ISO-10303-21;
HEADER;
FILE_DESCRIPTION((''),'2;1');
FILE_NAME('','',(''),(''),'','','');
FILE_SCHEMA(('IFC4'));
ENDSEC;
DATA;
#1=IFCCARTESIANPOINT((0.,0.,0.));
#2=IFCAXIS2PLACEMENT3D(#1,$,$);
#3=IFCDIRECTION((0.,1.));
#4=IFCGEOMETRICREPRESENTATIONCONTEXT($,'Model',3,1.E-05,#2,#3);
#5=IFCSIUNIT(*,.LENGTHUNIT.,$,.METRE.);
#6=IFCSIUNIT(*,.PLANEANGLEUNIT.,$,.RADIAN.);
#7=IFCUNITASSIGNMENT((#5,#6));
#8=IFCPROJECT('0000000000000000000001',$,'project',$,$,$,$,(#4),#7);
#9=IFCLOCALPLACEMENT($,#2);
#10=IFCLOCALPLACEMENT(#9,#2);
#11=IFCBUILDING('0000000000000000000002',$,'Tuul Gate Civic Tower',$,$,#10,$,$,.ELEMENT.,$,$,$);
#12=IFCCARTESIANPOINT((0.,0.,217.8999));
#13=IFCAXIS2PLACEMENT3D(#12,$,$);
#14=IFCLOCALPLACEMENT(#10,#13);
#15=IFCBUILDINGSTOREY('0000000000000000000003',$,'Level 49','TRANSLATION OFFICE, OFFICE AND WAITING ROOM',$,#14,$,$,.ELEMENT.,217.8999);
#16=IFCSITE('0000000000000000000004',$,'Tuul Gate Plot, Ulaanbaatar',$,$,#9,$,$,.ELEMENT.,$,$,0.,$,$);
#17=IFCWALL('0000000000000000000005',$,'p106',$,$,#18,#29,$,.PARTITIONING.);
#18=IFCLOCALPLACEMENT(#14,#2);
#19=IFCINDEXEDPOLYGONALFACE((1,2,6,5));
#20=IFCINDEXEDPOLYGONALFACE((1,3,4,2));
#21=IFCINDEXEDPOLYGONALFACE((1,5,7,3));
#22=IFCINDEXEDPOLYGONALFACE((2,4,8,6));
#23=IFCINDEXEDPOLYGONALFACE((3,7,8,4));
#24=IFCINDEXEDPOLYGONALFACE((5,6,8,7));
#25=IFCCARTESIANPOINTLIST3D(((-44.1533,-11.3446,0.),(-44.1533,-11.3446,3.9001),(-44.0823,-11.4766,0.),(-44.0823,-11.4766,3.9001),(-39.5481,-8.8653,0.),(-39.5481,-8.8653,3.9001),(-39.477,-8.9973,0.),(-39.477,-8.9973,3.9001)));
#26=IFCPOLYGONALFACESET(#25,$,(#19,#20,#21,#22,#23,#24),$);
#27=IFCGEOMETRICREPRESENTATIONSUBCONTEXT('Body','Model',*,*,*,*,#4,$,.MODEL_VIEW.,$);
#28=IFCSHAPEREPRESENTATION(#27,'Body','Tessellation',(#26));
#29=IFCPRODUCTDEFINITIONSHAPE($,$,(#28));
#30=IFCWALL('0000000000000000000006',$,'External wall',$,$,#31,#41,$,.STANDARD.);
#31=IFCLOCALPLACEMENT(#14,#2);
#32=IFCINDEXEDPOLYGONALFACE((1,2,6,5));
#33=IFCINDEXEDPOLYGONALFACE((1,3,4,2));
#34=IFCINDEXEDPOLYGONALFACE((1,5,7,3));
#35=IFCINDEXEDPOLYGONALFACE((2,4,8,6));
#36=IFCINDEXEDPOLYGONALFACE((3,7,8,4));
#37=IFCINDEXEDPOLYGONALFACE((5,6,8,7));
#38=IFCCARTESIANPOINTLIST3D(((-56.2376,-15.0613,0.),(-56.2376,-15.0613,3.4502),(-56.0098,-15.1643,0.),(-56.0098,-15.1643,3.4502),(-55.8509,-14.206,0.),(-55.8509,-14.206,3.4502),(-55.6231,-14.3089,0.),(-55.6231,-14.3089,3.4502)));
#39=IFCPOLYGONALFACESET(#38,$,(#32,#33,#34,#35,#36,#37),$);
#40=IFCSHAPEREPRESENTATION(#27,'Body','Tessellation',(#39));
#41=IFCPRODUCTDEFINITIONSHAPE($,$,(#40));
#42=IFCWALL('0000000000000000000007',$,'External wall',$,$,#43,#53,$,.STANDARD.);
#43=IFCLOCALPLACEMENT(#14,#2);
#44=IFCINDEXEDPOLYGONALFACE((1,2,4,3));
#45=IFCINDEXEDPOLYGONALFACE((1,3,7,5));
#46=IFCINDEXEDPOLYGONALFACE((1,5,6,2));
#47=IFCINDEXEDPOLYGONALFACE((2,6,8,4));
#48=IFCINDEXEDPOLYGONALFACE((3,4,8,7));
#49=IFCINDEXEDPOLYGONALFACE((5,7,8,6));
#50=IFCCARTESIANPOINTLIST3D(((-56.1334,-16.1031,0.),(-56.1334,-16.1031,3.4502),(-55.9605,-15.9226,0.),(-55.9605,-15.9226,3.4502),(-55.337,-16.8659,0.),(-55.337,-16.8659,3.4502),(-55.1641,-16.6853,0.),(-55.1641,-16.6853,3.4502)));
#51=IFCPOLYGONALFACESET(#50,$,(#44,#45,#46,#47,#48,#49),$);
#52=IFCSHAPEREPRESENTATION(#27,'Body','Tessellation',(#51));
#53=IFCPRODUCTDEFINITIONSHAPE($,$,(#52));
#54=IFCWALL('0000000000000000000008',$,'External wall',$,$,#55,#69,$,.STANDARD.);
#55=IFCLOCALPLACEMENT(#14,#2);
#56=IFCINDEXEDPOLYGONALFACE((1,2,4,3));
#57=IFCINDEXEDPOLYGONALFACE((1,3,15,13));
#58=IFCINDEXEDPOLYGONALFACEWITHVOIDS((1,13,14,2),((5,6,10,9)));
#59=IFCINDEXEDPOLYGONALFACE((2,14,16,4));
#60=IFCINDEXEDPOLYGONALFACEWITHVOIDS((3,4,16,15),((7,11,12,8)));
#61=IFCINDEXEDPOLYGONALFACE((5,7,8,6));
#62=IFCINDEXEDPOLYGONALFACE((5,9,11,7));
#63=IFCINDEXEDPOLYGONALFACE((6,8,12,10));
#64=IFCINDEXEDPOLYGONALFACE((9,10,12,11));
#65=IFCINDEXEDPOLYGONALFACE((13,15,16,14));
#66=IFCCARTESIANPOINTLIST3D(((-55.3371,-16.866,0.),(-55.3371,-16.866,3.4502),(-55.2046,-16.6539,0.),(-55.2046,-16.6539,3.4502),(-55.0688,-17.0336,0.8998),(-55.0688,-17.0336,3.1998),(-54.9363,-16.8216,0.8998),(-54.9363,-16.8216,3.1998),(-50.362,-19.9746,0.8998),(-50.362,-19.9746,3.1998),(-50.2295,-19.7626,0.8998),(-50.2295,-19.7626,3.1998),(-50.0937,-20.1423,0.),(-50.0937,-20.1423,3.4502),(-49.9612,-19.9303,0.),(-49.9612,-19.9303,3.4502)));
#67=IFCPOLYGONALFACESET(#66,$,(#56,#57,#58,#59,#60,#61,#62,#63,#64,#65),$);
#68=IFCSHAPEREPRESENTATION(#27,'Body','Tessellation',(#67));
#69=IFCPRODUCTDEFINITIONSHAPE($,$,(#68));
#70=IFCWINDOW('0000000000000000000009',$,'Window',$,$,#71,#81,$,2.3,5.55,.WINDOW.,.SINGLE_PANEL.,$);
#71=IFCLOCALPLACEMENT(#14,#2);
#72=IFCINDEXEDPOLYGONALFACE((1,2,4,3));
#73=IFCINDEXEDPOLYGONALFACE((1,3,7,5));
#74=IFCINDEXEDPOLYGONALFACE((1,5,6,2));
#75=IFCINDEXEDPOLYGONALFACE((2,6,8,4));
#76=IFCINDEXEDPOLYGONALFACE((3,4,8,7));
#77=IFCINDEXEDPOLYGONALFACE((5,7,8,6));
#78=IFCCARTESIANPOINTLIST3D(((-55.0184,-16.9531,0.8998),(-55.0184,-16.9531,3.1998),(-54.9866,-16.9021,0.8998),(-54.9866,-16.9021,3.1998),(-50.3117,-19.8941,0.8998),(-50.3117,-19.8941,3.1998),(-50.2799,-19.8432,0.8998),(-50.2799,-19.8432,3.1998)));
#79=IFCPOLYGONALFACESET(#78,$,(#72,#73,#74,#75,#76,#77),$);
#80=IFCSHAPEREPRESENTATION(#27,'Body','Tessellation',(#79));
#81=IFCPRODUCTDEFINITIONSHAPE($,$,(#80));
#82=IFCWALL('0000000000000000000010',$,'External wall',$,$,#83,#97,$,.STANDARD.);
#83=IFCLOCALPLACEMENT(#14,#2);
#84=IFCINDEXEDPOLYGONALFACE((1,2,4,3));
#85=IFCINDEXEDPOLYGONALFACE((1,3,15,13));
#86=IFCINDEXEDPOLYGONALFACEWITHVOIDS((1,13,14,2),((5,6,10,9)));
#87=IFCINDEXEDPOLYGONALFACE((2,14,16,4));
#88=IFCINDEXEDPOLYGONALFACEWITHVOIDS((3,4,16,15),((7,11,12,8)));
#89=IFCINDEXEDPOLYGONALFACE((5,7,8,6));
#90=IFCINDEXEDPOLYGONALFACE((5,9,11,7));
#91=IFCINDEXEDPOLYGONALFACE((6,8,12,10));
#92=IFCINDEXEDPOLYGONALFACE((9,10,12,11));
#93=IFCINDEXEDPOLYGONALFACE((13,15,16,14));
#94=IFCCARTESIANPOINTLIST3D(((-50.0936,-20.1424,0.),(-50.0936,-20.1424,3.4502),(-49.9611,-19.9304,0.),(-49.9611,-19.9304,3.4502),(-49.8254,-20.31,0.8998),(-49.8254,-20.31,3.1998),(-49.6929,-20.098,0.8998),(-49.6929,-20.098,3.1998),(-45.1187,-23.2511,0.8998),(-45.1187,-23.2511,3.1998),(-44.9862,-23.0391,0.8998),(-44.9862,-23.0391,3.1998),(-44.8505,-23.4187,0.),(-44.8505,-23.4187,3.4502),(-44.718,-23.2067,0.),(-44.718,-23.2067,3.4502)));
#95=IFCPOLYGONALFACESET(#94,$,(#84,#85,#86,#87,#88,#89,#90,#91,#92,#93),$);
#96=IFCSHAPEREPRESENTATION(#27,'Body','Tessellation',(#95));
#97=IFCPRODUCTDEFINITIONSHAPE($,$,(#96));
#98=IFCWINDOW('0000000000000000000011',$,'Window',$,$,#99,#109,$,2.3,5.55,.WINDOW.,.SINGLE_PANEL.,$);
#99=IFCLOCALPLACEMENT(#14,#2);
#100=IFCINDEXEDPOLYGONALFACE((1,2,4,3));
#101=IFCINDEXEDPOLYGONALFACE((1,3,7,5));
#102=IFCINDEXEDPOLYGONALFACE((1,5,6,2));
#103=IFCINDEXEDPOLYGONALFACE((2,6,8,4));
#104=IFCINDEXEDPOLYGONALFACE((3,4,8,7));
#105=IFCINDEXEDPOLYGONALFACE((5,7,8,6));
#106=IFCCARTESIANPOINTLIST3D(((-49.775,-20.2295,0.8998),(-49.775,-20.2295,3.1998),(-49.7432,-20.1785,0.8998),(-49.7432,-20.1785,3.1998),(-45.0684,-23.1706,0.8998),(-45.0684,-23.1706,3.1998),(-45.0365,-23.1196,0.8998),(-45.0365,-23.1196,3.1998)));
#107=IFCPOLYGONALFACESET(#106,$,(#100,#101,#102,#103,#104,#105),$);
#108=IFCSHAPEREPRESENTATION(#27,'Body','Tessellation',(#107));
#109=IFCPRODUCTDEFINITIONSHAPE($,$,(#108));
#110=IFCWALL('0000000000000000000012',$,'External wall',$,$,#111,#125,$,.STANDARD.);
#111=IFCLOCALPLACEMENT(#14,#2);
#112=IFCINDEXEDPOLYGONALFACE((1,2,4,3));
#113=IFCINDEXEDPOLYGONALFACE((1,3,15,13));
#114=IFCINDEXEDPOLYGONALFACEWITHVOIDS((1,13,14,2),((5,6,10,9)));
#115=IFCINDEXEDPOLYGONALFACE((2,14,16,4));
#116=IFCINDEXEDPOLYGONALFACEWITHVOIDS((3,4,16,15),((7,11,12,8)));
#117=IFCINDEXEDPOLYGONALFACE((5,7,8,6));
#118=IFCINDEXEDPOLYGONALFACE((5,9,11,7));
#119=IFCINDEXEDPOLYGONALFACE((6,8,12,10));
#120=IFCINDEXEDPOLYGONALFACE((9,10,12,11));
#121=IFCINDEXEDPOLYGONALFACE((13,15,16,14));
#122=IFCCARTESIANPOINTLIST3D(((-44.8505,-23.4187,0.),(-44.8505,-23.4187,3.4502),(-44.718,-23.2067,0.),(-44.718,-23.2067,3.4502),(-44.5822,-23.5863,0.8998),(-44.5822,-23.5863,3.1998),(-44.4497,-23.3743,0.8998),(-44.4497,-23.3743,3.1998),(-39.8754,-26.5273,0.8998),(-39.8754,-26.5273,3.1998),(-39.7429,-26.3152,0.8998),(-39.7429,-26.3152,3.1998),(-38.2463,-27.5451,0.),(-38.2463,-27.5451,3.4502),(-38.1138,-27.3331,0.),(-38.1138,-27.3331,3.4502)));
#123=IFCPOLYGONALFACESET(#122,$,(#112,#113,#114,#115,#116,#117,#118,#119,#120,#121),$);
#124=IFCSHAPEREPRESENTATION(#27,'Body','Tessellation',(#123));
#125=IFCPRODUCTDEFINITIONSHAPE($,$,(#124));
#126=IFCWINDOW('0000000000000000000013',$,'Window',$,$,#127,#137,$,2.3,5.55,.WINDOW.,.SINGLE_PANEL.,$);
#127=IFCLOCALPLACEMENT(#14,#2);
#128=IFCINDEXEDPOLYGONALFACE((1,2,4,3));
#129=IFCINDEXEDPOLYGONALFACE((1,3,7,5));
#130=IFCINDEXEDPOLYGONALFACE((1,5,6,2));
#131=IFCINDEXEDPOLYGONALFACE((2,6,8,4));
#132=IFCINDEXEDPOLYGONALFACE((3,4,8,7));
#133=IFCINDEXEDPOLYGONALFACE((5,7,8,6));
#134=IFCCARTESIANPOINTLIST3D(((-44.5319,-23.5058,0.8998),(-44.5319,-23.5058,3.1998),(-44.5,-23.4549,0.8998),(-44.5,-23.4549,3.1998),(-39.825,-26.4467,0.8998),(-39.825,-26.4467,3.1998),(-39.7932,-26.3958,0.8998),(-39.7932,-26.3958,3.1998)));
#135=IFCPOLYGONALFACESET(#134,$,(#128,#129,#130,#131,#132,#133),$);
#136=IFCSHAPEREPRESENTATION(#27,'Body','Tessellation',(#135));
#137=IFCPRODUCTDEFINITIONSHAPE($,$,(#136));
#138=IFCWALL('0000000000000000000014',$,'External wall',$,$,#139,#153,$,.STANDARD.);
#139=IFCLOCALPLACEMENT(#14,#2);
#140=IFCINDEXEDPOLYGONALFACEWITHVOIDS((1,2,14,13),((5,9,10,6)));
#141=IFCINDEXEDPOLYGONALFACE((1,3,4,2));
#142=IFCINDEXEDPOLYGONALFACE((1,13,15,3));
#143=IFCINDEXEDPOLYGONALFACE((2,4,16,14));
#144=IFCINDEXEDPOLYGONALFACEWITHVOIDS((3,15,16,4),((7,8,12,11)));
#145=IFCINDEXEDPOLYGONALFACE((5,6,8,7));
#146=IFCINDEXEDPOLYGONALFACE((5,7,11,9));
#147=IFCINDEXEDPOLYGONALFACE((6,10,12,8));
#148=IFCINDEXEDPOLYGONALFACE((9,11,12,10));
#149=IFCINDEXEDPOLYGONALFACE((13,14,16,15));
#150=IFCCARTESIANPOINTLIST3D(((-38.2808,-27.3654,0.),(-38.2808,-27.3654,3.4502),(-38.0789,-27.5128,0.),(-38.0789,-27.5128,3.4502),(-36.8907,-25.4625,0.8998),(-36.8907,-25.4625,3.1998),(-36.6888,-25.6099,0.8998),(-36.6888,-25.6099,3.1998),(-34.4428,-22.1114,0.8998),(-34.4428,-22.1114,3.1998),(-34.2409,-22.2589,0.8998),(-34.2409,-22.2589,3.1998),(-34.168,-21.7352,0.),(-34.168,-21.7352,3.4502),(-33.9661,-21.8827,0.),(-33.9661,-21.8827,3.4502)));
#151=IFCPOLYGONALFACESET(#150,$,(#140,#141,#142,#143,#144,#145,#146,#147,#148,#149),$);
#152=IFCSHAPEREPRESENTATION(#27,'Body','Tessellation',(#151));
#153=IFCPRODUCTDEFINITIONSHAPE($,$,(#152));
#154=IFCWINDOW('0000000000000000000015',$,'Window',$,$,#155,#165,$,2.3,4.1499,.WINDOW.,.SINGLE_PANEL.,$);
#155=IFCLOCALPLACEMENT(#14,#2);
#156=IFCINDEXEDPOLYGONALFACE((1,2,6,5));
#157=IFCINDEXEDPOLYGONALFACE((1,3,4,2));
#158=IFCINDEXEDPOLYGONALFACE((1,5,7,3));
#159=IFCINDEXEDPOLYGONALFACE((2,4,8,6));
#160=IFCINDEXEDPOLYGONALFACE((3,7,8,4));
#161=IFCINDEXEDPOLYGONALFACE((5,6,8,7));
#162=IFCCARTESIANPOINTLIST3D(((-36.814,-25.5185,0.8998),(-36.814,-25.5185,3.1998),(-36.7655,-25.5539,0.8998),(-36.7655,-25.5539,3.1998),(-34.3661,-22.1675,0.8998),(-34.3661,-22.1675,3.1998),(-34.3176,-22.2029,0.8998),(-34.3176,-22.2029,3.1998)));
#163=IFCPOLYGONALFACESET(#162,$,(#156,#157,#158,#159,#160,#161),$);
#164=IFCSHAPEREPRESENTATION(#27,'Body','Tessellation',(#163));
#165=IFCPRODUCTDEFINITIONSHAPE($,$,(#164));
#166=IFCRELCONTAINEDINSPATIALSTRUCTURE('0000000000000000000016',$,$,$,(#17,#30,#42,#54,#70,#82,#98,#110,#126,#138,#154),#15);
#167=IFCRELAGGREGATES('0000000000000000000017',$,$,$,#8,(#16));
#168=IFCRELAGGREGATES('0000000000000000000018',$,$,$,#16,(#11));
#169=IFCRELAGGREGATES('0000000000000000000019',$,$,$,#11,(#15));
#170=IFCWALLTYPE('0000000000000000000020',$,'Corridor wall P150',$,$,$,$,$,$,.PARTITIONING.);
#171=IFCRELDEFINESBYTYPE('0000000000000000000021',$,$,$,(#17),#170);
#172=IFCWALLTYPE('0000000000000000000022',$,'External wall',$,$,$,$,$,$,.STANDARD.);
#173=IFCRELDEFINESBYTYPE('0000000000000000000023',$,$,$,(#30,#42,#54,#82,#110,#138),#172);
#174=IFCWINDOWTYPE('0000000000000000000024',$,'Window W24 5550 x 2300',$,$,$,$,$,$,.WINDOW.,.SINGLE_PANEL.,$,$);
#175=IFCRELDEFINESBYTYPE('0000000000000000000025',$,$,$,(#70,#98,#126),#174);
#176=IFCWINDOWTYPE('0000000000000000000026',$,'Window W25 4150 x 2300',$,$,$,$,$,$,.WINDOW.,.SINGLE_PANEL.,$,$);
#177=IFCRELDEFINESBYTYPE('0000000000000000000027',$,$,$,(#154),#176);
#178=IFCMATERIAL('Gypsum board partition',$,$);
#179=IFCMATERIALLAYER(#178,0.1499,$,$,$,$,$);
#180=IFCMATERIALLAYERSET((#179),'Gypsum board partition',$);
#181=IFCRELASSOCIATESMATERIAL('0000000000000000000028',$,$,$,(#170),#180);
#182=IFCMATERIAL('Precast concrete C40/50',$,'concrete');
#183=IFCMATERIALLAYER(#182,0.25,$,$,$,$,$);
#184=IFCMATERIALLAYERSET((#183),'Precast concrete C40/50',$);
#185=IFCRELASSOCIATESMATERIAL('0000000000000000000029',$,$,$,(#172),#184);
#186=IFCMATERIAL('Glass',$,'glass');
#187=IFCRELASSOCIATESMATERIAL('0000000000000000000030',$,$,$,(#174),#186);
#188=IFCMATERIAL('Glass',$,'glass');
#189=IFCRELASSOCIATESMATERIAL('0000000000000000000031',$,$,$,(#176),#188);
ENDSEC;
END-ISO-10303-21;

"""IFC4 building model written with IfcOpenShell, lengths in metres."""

from ifc_helpers import new_model, si_unit, direction, frame, frame_2d, origin, place, context, subcontext, project, spatial, rectangle, extrude, material, layer, layer_set, type_object, element, fill, save


model = new_model("IFC4")

# Units and contexts
model_context = context("Model", 3, precision=1e-05, world=origin(), true_north=direction((0.0, 1.0)))
body_context = subcontext(model_context, "Body", "Model", "MODEL_VIEW")
ifc_project = project(units=[si_unit("LENGTHUNIT", "METRE"), si_unit("PLANEANGLEUNIT", "RADIAN")], contexts=[model_context])

# Site, building, storey
site_placement = place(None, origin())
site = spatial("IfcSite", under=ifc_project, at=site_placement, Name="Tuul Gate Plot, Ulaanbaatar", CompositionType="ELEMENT", RefElevation=0.0)
building_placement = place(site_placement, origin())
building = spatial("IfcBuilding", under=site, at=building_placement, Name="Tuul Gate Civic Tower", CompositionType="ELEMENT")
storey_placement = place(building_placement, frame((0.0, 0.0, 217.8999)))
storey = spatial("IfcBuildingStorey", under=building, at=storey_placement, Name="Level 49", Description="TRANSLATION OFFICE, OFFICE AND WAITING ROOM", CompositionType="ELEMENT", Elevation=217.8999)

# Walls
ifc_material_1 = material(Name="Gypsum board partition")
ifc_layer_1 = layer(ifc_material_1, 0.1499)
ifc_layer_set_1 = layer_set([ifc_layer_1], Name="Gypsum board partition")
wall_type_1 = type_object("IfcWallType", Name="Corridor wall P150", PredefinedType="PARTITIONING", material=ifc_layer_set_1)
wall_1_placement = place(storey_placement, frame((-44.1179, -11.4106, 0.0), z_axis=(0.0, 0.0, 1.0), x_axis=(0.88051, 0.474027, 0.0)))
element("IfcWall", 1, at=wall_1_placement, inside=storey, type_object=wall_type_1, Name="p106", PredefinedType="PARTITIONING", context=body_context, shape_type="SweptSolid", body=[
    extrude(rectangle(XDim=5.2302, YDim=0.1499, at=frame_2d((2.6152, 0.0))), origin(), (0.0, 0.0, 1.0), 3.9001),
])
ifc_material_2 = material(Name="Precast concrete C40/50", Category="concrete")
ifc_layer_2 = layer(ifc_material_2, 0.25)
ifc_layer_set_2 = layer_set([ifc_layer_2], Name="Precast concrete C40/50")
wall_type_2 = type_object("IfcWallType", Name="External wall", PredefinedType="STANDARD", material=ifc_layer_set_2)
wall_2_placement = place(storey_placement, frame((-55.7371, -14.2576, 0.0), z_axis=(0.0, 0.0, 1.0), x_axis=(-0.411921, -0.911219, 0.0)))
element("IfcWall", 2, at=wall_2_placement, inside=storey, type_object=wall_type_2, Name="External wall", PredefinedType="STANDARD", context=body_context, shape_type="SweptSolid", body=[
    extrude(rectangle(XDim=0.9387, YDim=0.25, at=frame_2d((0.4692, 0.0))), origin(), (0.0, 0.0, 1.0), 3.4502),
])
wall_3_placement = place(storey_placement, frame((-56.0469, -16.0129, 0.0), z_axis=(0.0, 0.0, 1.0), x_axis=(0.722219, -0.691665, 0.0)))
element("IfcWall", 3, at=wall_3_placement, inside=storey, type_object=wall_type_2, Name="External wall", PredefinedType="STANDARD", context=body_context, shape_type="SweptSolid", body=[
    extrude(rectangle(XDim=1.1028, YDim=0.25, at=frame_2d((0.5513, 0.0))), origin(), (0.0, 0.0, 1.0), 3.4502),
])

# Walls, openings, windows
wall_4_placement = place(storey_placement, frame((-55.2708, -16.76, 0.0), z_axis=(0.0, 0.0, 1.0), x_axis=(0.848054, -0.52991, 0.0)))
wall_4 = element("IfcWall", 4, at=wall_4_placement, inside=storey, type_object=wall_type_2, Name="External wall", PredefinedType="STANDARD", context=body_context, shape_type="SweptSolid", body=[
    extrude(rectangle(XDim=6.1829, YDim=0.25, at=frame_2d((3.0913, 0.0))), origin(), (0.0, 0.0, 1.0), 3.4502),
])
opening_1_placement = place(wall_4_placement, frame((0.3164, 0.0, 0.8999)))
opening_1 = element("IfcOpeningElement", 5, at=opening_1_placement, cuts=wall_4, PredefinedType="OPENING", context=body_context, shape_type="SweptSolid", body=[
    extrude(rectangle(XDim=5.55, YDim=2.3, at=frame_2d((2.7749, 1.1499))), frame((0.0, 0.135, 0.0), z_axis=(0.0, -1.0, 0.0), x_axis=(1.0, 0.0, 0.0)), (0.0, 0.0, 1.0), 0.27),
])
ifc_material_3 = material(Name="Glass", Category="glass")
window_type_1 = type_object("IfcWindowType", Name="Window W24 5550 x 2300", PartitioningType="SINGLE_PANEL", PredefinedType="WINDOW", material=ifc_material_3)
window_1_placement = place(opening_1_placement, origin())
window_1 = element("IfcWindow", 6, at=window_1_placement, inside=storey, type_object=window_type_1, Name="Window", OverallHeight=2.3, OverallWidth=5.55, PartitioningType="SINGLE_PANEL", PredefinedType="WINDOW", context=body_context, shape_type="SweptSolid", body=[
    extrude(rectangle(XDim=5.55, YDim=2.3, at=frame_2d((2.7749, 1.1499))), frame((0.0, 0.03, 0.0), z_axis=(0.0, -1.0, 0.0), x_axis=(1.0, 0.0, 0.0)), (0.0, 0.0, 1.0), 0.0601),
])
fill(opening_1, window_1)
wall_5_placement = place(storey_placement, frame((-50.0273, -20.0364, 0.0), z_axis=(0.0, 0.0, 1.0), x_axis=(0.848043, -0.529928, 0.0)))
wall_5 = element("IfcWall", 7, at=wall_5_placement, inside=storey, type_object=wall_type_2, Name="External wall", PredefinedType="STANDARD", context=body_context, shape_type="SweptSolid", body=[
    extrude(rectangle(XDim=6.1826, YDim=0.25, at=frame_2d((3.0913, 0.0))), origin(), (0.0, 0.0, 1.0), 3.4502),
])
opening_2_placement = place(wall_5_placement, frame((0.3164, 0.0, 0.8999)))
opening_2 = element("IfcOpeningElement", 8, at=opening_2_placement, cuts=wall_5, PredefinedType="OPENING", context=body_context, shape_type="SweptSolid", body=[
    extrude(rectangle(XDim=5.55, YDim=2.3, at=frame_2d((2.7749, 1.1499))), frame((0.0, 0.135, 0.0), z_axis=(0.0, -1.0, 0.0), x_axis=(1.0, 0.0, 0.0)), (0.0, 0.0, 1.0), 0.27),
])
window_2_placement = place(opening_2_placement, origin())
window_2 = element("IfcWindow", 9, at=window_2_placement, inside=storey, type_object=window_type_1, Name="Window", OverallHeight=2.3, OverallWidth=5.55, PartitioningType="SINGLE_PANEL", PredefinedType="WINDOW", context=body_context, shape_type="SweptSolid", body=[
    extrude(rectangle(XDim=5.55, YDim=2.3, at=frame_2d((2.7749, 1.1499))), frame((0.0, 0.03, 0.0), z_axis=(0.0, -1.0, 0.0), x_axis=(1.0, 0.0, 0.0)), (0.0, 0.0, 1.0), 0.0601),
])
fill(opening_2, window_2)
wall_6_placement = place(storey_placement, frame((-44.7842, -23.3127, 0.0), z_axis=(0.0, 0.0, 1.0), x_axis=(0.848067, -0.529889, 0.0)))
wall_6 = element("IfcWall", 10, at=wall_6_placement, inside=storey, type_object=wall_type_2, Name="External wall", PredefinedType="STANDARD", context=body_context, shape_type="SweptSolid", body=[
    extrude(rectangle(XDim=7.7874, YDim=0.25, at=frame_2d((3.8936, 0.0))), origin(), (0.0, 0.0, 1.0), 3.4502),
])
opening_3_placement = place(wall_6_placement, frame((0.3164, 0.0, 0.8999)))
opening_3 = element("IfcOpeningElement", 11, at=opening_3_placement, cuts=wall_6, PredefinedType="OPENING", context=body_context, shape_type="SweptSolid", body=[
    extrude(rectangle(XDim=5.55, YDim=2.3, at=frame_2d((2.7749, 1.1499))), frame((0.0, 0.135, 0.0), z_axis=(0.0, -1.0, 0.0), x_axis=(1.0, 0.0, 0.0)), (0.0, 0.0, 1.0), 0.27),
])
window_3_placement = place(opening_3_placement, origin())
window_3 = element("IfcWindow", 12, at=window_3_placement, inside=storey, type_object=window_type_1, Name="Window", OverallHeight=2.3, OverallWidth=5.55, PartitioningType="SINGLE_PANEL", PredefinedType="WINDOW", context=body_context, shape_type="SweptSolid", body=[
    extrude(rectangle(XDim=5.55, YDim=2.3, at=frame_2d((2.7749, 1.1499))), frame((0.0, 0.03, 0.0), z_axis=(0.0, -1.0, 0.0), x_axis=(1.0, 0.0, 0.0)), (0.0, 0.0, 1.0), 0.0601),
])
fill(opening_3, window_3)
wall_7_placement = place(storey_placement, frame((-38.1799, -27.4392, 0.0), z_axis=(0.0, 0.0, 1.0), x_axis=(0.589873, 0.807496, 0.0)))
wall_7 = element("IfcWall", 13, at=wall_7_placement, inside=storey, type_object=wall_type_2, Name="External wall", PredefinedType="STANDARD", context=body_context, shape_type="SweptSolid", body=[
    extrude(rectangle(XDim=6.9724, YDim=0.25, at=frame_2d((3.4863, 0.0))), origin(), (0.0, 0.0, 1.0), 3.4502),
])
opening_4_placement = place(wall_7_placement, frame((2.3567, 0.0, 0.8999)))
opening_4 = element("IfcOpeningElement", 14, at=opening_4_placement, cuts=wall_7, PredefinedType="OPENING", context=body_context, shape_type="SweptSolid", body=[
    extrude(rectangle(XDim=4.1499, YDim=2.3, at=frame_2d((2.075, 1.1499))), frame((0.0, 0.135, 0.0), z_axis=(0.0, -1.0, 0.0), x_axis=(1.0, 0.0, 0.0)), (0.0, 0.0, 1.0), 0.27),
])
ifc_material_4 = material(Name="Glass", Category="glass")
window_type_2 = type_object("IfcWindowType", Name="Window W25 4150 x 2300", PartitioningType="SINGLE_PANEL", PredefinedType="WINDOW", material=ifc_material_4)
window_4_placement = place(opening_4_placement, origin())
window_4 = element("IfcWindow", 15, at=window_4_placement, inside=storey, type_object=window_type_2, Name="Window", OverallHeight=2.3, OverallWidth=4.1499, PartitioningType="SINGLE_PANEL", PredefinedType="WINDOW", context=body_context, shape_type="SweptSolid", body=[
    extrude(rectangle(XDim=4.1499, YDim=2.3, at=frame_2d((2.075, 1.1499))), frame((0.0, 0.03, 0.0), z_axis=(0.0, -1.0, 0.0), x_axis=(1.0, 0.0, 0.0)), (0.0, 0.0, 1.0), 0.0601),
])
fill(opening_4, window_4)

save(model, "model.ifc")
